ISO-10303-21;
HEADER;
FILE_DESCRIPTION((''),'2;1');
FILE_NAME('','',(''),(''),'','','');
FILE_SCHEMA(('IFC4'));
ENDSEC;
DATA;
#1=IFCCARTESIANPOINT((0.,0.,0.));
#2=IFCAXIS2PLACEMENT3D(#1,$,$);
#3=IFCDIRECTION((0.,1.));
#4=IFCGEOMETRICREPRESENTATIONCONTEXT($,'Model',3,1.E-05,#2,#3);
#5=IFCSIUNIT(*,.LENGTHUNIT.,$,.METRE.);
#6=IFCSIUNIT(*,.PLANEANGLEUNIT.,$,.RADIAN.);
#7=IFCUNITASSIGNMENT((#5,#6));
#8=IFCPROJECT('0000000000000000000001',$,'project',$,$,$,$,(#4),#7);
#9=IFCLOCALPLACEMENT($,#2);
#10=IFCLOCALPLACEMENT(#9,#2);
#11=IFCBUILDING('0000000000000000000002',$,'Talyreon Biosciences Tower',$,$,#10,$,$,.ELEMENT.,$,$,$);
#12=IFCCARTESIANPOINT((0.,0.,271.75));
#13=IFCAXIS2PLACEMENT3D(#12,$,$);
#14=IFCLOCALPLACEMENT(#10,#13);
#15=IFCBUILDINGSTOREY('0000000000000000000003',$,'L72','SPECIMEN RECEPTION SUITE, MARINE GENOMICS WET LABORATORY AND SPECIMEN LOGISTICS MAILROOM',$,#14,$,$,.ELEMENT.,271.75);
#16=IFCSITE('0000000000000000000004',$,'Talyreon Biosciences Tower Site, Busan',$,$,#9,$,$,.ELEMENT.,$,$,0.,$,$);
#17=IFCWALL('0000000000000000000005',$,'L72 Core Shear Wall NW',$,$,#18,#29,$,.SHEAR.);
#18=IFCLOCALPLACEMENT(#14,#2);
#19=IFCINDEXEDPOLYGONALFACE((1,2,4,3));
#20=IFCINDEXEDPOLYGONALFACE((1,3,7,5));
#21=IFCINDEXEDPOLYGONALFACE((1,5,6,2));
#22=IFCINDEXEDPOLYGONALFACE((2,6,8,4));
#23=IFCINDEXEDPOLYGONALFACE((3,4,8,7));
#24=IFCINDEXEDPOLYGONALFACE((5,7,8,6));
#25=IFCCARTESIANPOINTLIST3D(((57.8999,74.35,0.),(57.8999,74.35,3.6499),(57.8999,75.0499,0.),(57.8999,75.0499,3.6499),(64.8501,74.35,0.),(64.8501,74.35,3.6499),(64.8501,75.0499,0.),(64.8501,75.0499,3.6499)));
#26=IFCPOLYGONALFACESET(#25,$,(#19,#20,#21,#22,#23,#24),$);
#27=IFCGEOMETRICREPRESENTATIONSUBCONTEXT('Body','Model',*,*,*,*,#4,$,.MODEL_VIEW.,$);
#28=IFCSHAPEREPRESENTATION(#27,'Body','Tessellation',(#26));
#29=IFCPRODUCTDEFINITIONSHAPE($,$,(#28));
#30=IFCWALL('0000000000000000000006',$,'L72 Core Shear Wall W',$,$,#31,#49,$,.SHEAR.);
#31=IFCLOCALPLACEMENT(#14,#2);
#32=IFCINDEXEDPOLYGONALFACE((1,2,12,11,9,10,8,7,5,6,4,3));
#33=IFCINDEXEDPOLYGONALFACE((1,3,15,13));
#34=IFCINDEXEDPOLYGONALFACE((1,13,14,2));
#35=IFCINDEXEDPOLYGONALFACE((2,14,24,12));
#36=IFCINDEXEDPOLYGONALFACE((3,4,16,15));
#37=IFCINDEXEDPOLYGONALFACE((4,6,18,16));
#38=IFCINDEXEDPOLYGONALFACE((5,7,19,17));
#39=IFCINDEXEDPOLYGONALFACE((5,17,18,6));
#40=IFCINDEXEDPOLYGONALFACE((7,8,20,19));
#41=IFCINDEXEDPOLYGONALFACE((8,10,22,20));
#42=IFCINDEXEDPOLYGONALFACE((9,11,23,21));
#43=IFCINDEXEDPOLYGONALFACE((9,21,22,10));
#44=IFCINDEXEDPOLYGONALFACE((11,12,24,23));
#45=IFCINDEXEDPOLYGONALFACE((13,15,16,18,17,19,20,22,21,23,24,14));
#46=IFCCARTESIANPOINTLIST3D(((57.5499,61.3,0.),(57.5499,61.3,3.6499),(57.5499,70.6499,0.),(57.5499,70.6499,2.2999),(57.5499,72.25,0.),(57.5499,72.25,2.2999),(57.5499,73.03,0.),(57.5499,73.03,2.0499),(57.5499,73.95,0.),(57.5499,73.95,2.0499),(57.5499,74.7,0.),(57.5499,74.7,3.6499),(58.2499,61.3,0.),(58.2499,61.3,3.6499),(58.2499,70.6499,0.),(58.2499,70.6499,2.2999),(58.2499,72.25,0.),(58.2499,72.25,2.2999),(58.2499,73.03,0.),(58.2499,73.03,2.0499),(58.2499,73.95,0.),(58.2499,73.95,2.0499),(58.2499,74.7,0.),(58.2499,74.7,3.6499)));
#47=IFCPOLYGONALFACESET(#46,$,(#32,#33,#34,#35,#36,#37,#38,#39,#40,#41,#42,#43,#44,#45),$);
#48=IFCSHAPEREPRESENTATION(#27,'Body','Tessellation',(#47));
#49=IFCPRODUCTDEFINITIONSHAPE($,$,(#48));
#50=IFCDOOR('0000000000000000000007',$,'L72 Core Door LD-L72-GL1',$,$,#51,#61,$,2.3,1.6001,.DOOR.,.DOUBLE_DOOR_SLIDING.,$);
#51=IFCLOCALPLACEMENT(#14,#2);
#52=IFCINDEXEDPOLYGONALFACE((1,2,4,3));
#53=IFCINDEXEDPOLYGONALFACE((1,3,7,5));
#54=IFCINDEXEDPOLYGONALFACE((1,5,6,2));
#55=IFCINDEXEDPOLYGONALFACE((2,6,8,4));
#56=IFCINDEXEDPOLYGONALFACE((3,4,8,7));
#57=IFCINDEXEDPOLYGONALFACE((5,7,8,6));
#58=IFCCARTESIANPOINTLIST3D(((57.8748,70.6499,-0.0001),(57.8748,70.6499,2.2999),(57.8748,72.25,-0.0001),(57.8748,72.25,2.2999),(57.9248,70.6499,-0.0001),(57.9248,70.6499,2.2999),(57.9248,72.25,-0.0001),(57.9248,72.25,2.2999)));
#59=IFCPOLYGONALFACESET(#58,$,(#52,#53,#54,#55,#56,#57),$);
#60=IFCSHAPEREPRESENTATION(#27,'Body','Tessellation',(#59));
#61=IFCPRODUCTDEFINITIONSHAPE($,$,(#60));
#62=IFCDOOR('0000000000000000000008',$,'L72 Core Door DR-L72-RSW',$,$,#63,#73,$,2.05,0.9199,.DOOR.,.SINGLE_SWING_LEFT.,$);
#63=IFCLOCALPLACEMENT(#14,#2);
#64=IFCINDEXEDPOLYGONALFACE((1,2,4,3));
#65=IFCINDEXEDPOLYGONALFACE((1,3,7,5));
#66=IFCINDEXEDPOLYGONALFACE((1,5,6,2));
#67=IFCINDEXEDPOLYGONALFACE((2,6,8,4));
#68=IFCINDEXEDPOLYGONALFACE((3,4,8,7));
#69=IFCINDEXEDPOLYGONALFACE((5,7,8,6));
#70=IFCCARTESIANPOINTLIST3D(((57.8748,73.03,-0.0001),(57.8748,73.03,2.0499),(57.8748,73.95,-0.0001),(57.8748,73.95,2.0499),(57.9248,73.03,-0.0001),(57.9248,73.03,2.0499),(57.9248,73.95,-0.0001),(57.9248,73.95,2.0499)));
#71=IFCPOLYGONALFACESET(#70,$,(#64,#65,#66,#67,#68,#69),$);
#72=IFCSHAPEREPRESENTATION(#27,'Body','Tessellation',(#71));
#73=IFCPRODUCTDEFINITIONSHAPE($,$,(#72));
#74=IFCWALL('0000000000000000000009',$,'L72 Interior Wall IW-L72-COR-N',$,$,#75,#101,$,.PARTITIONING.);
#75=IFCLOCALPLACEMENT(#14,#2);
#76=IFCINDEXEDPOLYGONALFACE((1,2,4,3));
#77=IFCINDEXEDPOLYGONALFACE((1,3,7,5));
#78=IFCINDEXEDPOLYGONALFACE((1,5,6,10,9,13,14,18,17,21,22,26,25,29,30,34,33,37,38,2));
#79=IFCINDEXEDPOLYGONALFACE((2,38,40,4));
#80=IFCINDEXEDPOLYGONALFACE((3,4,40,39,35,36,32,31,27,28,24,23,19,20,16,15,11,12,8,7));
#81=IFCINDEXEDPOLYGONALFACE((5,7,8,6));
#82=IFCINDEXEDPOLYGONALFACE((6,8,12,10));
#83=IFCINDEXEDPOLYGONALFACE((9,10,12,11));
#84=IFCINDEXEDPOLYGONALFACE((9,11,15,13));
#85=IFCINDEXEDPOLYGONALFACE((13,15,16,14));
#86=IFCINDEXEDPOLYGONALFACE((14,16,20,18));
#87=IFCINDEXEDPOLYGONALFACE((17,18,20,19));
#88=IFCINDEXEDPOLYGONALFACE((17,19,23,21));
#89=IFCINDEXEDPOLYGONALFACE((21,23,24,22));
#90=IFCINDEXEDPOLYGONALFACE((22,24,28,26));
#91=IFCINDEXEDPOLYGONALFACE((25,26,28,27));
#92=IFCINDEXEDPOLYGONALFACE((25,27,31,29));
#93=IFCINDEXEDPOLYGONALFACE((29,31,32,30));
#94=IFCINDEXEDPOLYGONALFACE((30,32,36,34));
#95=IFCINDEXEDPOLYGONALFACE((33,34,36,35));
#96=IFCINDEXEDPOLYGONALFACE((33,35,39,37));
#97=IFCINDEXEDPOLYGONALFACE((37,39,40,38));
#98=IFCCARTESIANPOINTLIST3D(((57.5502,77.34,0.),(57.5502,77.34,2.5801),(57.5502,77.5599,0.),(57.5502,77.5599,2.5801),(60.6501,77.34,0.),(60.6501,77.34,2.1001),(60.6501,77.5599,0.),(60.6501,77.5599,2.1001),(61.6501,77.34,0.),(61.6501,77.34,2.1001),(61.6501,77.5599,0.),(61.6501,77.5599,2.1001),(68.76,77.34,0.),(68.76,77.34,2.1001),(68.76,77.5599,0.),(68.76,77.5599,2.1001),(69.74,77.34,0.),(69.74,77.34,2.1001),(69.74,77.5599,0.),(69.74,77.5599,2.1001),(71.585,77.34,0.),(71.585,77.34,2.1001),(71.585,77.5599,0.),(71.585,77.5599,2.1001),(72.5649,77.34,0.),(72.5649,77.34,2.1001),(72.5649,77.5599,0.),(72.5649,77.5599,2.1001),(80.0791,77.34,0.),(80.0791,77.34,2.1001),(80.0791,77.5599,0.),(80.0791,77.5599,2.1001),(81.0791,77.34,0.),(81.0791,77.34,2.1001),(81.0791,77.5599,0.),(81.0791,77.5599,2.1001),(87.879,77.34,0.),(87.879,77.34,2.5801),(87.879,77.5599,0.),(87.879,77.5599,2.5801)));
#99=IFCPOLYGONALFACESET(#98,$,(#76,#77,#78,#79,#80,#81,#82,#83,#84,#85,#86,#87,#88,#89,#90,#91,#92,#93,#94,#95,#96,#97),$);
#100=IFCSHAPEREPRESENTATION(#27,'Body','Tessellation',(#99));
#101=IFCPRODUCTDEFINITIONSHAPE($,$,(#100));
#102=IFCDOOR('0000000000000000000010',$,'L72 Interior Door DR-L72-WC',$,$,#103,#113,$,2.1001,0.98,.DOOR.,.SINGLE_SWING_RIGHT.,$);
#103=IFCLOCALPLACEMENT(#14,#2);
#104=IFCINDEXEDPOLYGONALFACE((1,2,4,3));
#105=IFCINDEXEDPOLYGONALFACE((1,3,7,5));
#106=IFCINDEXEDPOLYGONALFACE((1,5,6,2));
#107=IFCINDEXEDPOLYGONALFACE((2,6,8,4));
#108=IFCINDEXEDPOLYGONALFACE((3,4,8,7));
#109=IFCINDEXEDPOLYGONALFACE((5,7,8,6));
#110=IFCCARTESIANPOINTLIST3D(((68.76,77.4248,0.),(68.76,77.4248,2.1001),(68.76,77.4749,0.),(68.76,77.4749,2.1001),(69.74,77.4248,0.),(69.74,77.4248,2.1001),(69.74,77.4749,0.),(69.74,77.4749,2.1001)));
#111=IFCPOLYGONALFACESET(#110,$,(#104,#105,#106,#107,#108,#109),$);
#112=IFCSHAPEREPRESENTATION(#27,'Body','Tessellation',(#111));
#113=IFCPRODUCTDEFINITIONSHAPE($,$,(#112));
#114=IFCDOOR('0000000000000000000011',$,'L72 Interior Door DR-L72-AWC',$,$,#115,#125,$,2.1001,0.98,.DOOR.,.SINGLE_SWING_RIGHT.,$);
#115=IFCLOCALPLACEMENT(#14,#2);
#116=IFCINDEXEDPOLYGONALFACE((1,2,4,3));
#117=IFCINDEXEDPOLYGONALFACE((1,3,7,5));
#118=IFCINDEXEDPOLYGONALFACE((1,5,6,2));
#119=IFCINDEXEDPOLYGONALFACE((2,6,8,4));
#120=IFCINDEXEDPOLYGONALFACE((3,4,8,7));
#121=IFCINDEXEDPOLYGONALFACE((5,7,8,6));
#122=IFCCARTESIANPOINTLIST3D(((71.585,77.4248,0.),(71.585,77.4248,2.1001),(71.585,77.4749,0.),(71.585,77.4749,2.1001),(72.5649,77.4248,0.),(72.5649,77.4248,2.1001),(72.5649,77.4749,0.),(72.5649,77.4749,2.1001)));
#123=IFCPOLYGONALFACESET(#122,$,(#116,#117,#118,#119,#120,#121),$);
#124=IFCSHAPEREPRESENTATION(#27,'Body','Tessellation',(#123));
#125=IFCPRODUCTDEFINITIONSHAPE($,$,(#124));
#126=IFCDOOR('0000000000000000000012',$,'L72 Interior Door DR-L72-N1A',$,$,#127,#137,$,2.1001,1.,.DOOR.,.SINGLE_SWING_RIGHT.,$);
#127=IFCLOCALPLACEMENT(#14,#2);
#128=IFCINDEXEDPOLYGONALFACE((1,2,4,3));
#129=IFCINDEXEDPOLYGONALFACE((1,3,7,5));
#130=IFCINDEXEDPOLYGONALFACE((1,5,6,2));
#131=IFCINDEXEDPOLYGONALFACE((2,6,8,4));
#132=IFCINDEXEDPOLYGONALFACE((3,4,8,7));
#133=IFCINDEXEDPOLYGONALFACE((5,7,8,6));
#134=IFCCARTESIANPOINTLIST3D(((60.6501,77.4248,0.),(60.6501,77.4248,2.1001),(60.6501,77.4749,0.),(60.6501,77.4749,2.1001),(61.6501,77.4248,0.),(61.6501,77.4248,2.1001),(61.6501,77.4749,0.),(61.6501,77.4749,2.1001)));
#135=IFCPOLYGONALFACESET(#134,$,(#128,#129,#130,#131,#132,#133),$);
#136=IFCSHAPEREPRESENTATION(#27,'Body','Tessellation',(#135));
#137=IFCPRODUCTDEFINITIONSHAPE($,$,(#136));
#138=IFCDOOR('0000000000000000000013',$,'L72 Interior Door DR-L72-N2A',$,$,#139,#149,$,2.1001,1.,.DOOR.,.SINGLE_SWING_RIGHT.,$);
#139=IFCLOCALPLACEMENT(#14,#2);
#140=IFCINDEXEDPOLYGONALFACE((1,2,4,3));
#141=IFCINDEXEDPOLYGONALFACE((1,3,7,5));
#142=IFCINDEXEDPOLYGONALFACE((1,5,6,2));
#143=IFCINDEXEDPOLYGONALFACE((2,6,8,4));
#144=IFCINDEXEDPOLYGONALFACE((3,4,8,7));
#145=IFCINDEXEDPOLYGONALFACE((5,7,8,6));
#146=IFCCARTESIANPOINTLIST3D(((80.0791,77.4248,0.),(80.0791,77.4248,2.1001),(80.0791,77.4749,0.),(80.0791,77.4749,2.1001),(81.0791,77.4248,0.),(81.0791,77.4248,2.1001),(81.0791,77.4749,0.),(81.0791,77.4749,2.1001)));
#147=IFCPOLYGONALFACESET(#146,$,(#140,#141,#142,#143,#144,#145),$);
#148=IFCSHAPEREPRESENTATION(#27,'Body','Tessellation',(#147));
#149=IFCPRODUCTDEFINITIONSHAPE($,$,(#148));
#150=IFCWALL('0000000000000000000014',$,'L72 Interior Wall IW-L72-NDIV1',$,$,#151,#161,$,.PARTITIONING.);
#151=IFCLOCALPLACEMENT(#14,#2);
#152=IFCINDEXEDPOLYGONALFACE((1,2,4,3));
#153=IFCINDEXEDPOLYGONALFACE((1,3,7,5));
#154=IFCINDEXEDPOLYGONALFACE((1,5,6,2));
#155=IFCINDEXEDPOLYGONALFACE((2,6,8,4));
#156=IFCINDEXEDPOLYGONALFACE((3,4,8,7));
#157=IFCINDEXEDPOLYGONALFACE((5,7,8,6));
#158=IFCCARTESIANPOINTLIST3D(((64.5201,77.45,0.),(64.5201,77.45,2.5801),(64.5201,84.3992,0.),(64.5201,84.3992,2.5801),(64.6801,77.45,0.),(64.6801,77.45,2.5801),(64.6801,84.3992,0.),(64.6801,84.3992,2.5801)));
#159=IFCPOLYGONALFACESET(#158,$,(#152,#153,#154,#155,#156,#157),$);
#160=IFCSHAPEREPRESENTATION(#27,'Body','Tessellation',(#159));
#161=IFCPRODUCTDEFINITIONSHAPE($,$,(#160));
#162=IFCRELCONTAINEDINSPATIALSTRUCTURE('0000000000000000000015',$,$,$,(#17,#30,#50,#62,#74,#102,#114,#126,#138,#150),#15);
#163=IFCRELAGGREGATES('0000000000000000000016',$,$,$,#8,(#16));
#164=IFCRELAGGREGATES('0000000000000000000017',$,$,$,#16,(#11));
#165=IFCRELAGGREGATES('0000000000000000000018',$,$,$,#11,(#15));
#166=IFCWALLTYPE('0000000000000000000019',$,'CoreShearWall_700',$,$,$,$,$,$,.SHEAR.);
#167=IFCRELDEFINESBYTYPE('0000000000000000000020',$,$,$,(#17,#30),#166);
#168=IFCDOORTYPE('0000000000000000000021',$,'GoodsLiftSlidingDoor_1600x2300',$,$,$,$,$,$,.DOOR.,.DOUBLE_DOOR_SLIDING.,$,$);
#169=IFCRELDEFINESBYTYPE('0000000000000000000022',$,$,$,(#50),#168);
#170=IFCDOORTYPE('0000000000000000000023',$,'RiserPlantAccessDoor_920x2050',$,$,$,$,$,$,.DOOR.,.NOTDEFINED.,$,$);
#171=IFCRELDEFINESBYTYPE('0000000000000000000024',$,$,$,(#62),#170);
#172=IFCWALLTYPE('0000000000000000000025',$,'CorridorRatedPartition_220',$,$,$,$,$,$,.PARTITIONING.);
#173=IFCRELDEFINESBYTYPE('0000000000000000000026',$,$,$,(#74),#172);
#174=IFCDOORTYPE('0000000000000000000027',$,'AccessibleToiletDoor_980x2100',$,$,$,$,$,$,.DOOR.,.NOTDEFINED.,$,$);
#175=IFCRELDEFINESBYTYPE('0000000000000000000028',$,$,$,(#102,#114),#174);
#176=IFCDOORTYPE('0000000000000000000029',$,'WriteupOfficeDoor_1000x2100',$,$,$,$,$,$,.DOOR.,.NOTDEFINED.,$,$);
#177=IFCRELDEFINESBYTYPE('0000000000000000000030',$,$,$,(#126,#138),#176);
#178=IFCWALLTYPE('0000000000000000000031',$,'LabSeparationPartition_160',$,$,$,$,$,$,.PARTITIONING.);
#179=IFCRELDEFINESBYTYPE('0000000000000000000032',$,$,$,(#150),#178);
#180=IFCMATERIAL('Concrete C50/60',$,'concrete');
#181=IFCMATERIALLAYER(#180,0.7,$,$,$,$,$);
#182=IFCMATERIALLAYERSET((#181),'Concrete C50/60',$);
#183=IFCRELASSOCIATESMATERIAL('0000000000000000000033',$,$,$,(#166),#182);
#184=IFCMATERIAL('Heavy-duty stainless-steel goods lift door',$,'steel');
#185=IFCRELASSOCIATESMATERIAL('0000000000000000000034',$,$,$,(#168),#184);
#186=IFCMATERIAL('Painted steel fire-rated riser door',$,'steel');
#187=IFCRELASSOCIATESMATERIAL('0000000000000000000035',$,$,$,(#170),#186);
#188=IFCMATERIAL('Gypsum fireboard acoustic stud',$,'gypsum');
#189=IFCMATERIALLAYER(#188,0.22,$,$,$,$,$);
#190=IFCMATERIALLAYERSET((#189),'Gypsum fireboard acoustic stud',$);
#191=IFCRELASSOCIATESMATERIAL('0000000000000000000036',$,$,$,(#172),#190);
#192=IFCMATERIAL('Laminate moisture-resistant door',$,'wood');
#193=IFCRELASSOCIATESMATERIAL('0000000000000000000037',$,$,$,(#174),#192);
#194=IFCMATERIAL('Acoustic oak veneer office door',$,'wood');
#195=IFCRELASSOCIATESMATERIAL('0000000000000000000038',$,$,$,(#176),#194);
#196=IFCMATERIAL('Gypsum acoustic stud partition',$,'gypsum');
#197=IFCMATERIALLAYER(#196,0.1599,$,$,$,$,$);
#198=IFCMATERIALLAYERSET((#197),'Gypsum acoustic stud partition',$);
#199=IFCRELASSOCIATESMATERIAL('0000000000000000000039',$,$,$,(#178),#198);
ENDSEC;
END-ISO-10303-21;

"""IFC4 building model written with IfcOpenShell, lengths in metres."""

from ifc_helpers import new_model, si_unit, direction, frame, frame_2d, origin, place, context, subcontext, project, spatial, rectangle, extrude, material, layer, layer_set, type_object, element, fill, save


model = new_model("IFC4")

# Units and contexts
model_context = context("Model", 3, precision=1e-05, world=origin(), true_north=direction((0.0, 1.0)))
body_context = subcontext(model_context, "Body", "Model", "MODEL_VIEW")
ifc_project = project(units=[si_unit("LENGTHUNIT", "METRE"), si_unit("PLANEANGLEUNIT", "RADIAN")], contexts=[model_context])

# Site, building, storey
site_placement = place(None, origin())
site = spatial("IfcSite", under=ifc_project, at=site_placement, Name="Talyreon Biosciences Tower Site, Busan", CompositionType="ELEMENT", RefElevation=0.0)
building_placement = place(site_placement, origin())
building = spatial("IfcBuilding", under=site, at=building_placement, Name="Talyreon Biosciences Tower", CompositionType="ELEMENT")
storey_placement = place(building_placement, frame((0.0, 0.0, 271.75)))
storey = spatial("IfcBuildingStorey", under=building, at=storey_placement, Name="L72", Description="SPECIMEN RECEPTION SUITE, MARINE GENOMICS WET LABORATORY AND SPECIMEN LOGISTICS MAILROOM", CompositionType="ELEMENT", Elevation=271.75)

# Shared definitions
ifc_material_1 = material(Name="Concrete C50/60", Category="concrete")

# Wall
ifc_layer_1 = layer(ifc_material_1, 0.7)
ifc_layer_set_1 = layer_set([ifc_layer_1], Name="Concrete C50/60")
wall_type_1 = type_object("IfcWallType", Name="CoreShearWall_700", PredefinedType="SHEAR", material=ifc_layer_set_1)
wall_1_placement = place(storey_placement, frame((64.8501, 74.7, 0.0), z_axis=(0.0, 0.0, 1.0), x_axis=(-1.0, 0.0, 0.0)))
element("IfcWall", 1, at=wall_1_placement, inside=storey, type_object=wall_type_1, Name="L72 Core Shear Wall NW", PredefinedType="SHEAR", context=body_context, shape_type="SweptSolid", body=[
    extrude(rectangle(XDim=6.9502, YDim=0.7, at=frame_2d((3.4751, 0.0))), origin(), (0.0, 0.0, 1.0), 3.6499),
])

# Walls, openings, doors
wall_2_placement = place(storey_placement, frame((57.8999, 74.7, 0.0), z_axis=(0.0, 0.0, 1.0), x_axis=(0.0, -1.0, 0.0)))
wall_2 = element("IfcWall", 2, at=wall_2_placement, inside=storey, type_object=wall_type_1, Name="L72 Core Shear Wall W", PredefinedType="SHEAR", context=body_context, shape_type="SweptSolid", body=[
    extrude(rectangle(XDim=13.3999, YDim=0.7, at=frame_2d((6.7, 0.0))), origin(), (0.0, 0.0, 1.0), 3.6499),
])
opening_1_placement = place(wall_2_placement, frame((0.75, 0.0, 0.0)))
opening_1 = element("IfcOpeningElement", 3, at=opening_1_placement, cuts=wall_2, PredefinedType="OPENING", context=body_context, shape_type="SweptSolid", body=[
    extrude(rectangle(XDim=0.9199, YDim=2.05, at=frame_2d((0.46, 1.0249))), frame((0.0, 0.3599, 0.0), z_axis=(0.0, -1.0, 0.0), x_axis=(1.0, 0.0, 0.0)), (0.0, 0.0, 1.0), 0.72),
])
opening_2_placement = place(wall_2_placement, frame((2.45, 0.0, 0.0)))
opening_2 = element("IfcOpeningElement", 4, at=opening_2_placement, cuts=wall_2, PredefinedType="OPENING", context=body_context, shape_type="SweptSolid", body=[
    extrude(rectangle(XDim=1.6001, YDim=2.3, at=frame_2d((0.8, 1.1499))), frame((0.0, 0.3599, 0.0), z_axis=(0.0, -1.0, 0.0), x_axis=(1.0, 0.0, 0.0)), (0.0, 0.0, 1.0), 0.72),
])
ifc_material_2 = material(Name="Heavy-duty stainless-steel goods lift door", Category="steel")
door_type_1 = type_object("IfcDoorType", Name="GoodsLiftSlidingDoor_1600x2300", OperationType="DOUBLE_DOOR_SLIDING", PredefinedType="DOOR", material=ifc_material_2)
door_1_placement = place(opening_2_placement, origin())
door_1 = element("IfcDoor", 5, at=door_1_placement, inside=storey, type_object=door_type_1, Name="L72 Core Door LD-L72-GL1", OperationType="DOUBLE_DOOR_SLIDING", OverallHeight=2.3, OverallWidth=1.6001, PredefinedType="DOOR", context=body_context, shape_type="SweptSolid", body=[
    extrude(rectangle(XDim=1.6001, YDim=2.3, at=frame_2d((0.8, 1.1499))), frame((0.0, 0.0249, 0.0), z_axis=(0.0, -1.0, 0.0), x_axis=(1.0, 0.0, 0.0)), (0.0, 0.0, 1.0), 0.05),
])
fill(opening_2, door_1)
ifc_material_3 = material(Name="Painted steel fire-rated riser door", Category="steel")
door_type_2 = type_object("IfcDoorType", Name="RiserPlantAccessDoor_920x2050", OperationType="NOTDEFINED", PredefinedType="DOOR", material=ifc_material_3)
door_2_placement = place(opening_1_placement, origin())
door_2 = element("IfcDoor", 6, at=door_2_placement, inside=storey, type_object=door_type_2, Name="L72 Core Door DR-L72-RSW", OperationType="SINGLE_SWING_LEFT", OverallHeight=2.05, OverallWidth=0.9199, PredefinedType="DOOR", context=body_context, shape_type="SweptSolid", body=[
    extrude(rectangle(XDim=0.9199, YDim=2.05, at=frame_2d((0.46, 1.0249))), frame((0.0, 0.0249, 0.0), z_axis=(0.0, -1.0, 0.0), x_axis=(1.0, 0.0, 0.0)), (0.0, 0.0, 1.0), 0.05),
])
fill(opening_1, door_2)
ifc_material_4 = material(Name="Gypsum fireboard acoustic stud", Category="gypsum")
ifc_layer_2 = layer(ifc_material_4, 0.22)
ifc_layer_set_2 = layer_set([ifc_layer_2], Name="Gypsum fireboard acoustic stud")
wall_type_2 = type_object("IfcWallType", Name="CorridorRatedPartition_220", PredefinedType="PARTITIONING", material=ifc_layer_set_2)
wall_3_placement = place(storey_placement, frame((57.55, 77.45, 0.0), z_axis=(0.0, 0.0, 1.0), x_axis=(1.0, 0.0, 0.0)))
wall_3 = element("IfcWall", 7, at=wall_3_placement, inside=storey, type_object=wall_type_2, Name="L72 Interior Wall IW-L72-COR-N", PredefinedType="PARTITIONING", context=body_context, shape_type="SweptSolid", body=[
    extrude(rectangle(XDim=30.3289, YDim=0.22, at=frame_2d((15.1646, 0.0))), origin(), (0.0, 0.0, 1.0), 2.5801),
])
opening_3_placement = place(wall_3_placement, frame((11.21, 0.0, 0.0)))
opening_3 = element("IfcOpeningElement", 8, at=opening_3_placement, cuts=wall_3, PredefinedType="OPENING", context=body_context, shape_type="SweptSolid", body=[
    extrude(rectangle(XDim=0.98, YDim=2.1001, at=frame_2d((0.49, 1.05))), frame((0.0, 0.1199, 0.0), z_axis=(0.0, -1.0, 0.0), x_axis=(1.0, 0.0, 0.0)), (0.0, 0.0, 1.0), 0.24),
])
opening_4_placement = place(wall_3_placement, frame((14.0349, 0.0, 0.0)))
opening_4 = element("IfcOpeningElement", 9, at=opening_4_placement, cuts=wall_3, PredefinedType="OPENING", context=body_context, shape_type="SweptSolid", body=[
    extrude(rectangle(XDim=0.98, YDim=2.1001, at=frame_2d((0.49, 1.05))), frame((0.0, 0.1199, 0.0), z_axis=(0.0, -1.0, 0.0), x_axis=(1.0, 0.0, 0.0)), (0.0, 0.0, 1.0), 0.24),
])
opening_5_placement = place(wall_3_placement, frame((3.1001, 0.0, 0.0)))
opening_5 = element("IfcOpeningElement", 10, at=opening_5_placement, cuts=wall_3, PredefinedType="OPENING", context=body_context, shape_type="SweptSolid", body=[
    extrude(rectangle(XDim=1.0, YDim=2.1001, at=frame_2d((0.5, 1.05))), frame((0.0, 0.1199, 0.0), z_axis=(0.0, -1.0, 0.0), x_axis=(1.0, 0.0, 0.0)), (0.0, 0.0, 1.0), 0.24),
])
opening_6_placement = place(wall_3_placement, frame((22.5291, 0.0, 0.0)))
opening_6 = element("IfcOpeningElement", 11, at=opening_6_placement, cuts=wall_3, PredefinedType="OPENING", context=body_context, shape_type="SweptSolid", body=[
    extrude(rectangle(XDim=1.0, YDim=2.1001, at=frame_2d((0.5, 1.05))), frame((0.0, 0.1199, 0.0), z_axis=(0.0, -1.0, 0.0), x_axis=(1.0, 0.0, 0.0)), (0.0, 0.0, 1.0), 0.24),
])
ifc_material_5 = material(Name="Laminate moisture-resistant door", Category="wood")
door_type_3 = type_object("IfcDoorType", Name="AccessibleToiletDoor_980x2100", OperationType="NOTDEFINED", PredefinedType="DOOR", material=ifc_material_5)
door_3_placement = place(opening_3_placement, origin())
door_3 = element("IfcDoor", 12, at=door_3_placement, inside=storey, type_object=door_type_3, Name="L72 Interior Door DR-L72-WC", OperationType="SINGLE_SWING_RIGHT", OverallHeight=2.1001, OverallWidth=0.98, PredefinedType="DOOR", context=body_context, shape_type="SweptSolid", body=[
    extrude(rectangle(XDim=0.98, YDim=2.1001, at=frame_2d((0.49, 1.05))), frame((0.0, 0.0249, 0.0), z_axis=(0.0, -1.0, 0.0), x_axis=(1.0, 0.0, 0.0)), (0.0, 0.0, 1.0), 0.05),
])
fill(opening_3, door_3)
door_4_placement = place(opening_4_placement, origin())
door_4 = element("IfcDoor", 13, at=door_4_placement, inside=storey, type_object=door_type_3, Name="L72 Interior Door DR-L72-AWC", OperationType="SINGLE_SWING_RIGHT", OverallHeight=2.1001, OverallWidth=0.98, PredefinedType="DOOR", context=body_context, shape_type="SweptSolid", body=[
    extrude(rectangle(XDim=0.98, YDim=2.1001, at=frame_2d((0.49, 1.05))), frame((0.0, 0.0249, 0.0), z_axis=(0.0, -1.0, 0.0), x_axis=(1.0, 0.0, 0.0)), (0.0, 0.0, 1.0), 0.05),
])
fill(opening_4, door_4)
ifc_material_6 = material(Name="Acoustic oak veneer office door", Category="wood")
door_type_4 = type_object("IfcDoorType", Name="WriteupOfficeDoor_1000x2100", OperationType="NOTDEFINED", PredefinedType="DOOR", material=ifc_material_6)
door_5_placement = place(opening_5_placement, origin())
door_5 = element("IfcDoor", 14, at=door_5_placement, inside=storey, type_object=door_type_4, Name="L72 Interior Door DR-L72-N1A", OperationType="SINGLE_SWING_RIGHT", OverallHeight=2.1001, OverallWidth=1.0, PredefinedType="DOOR", context=body_context, shape_type="SweptSolid", body=[
    extrude(rectangle(XDim=1.0, YDim=2.1001, at=frame_2d((0.5, 1.05))), frame((0.0, 0.0249, 0.0), z_axis=(0.0, -1.0, 0.0), x_axis=(1.0, 0.0, 0.0)), (0.0, 0.0, 1.0), 0.05),
])
fill(opening_5, door_5)
door_6_placement = place(opening_6_placement, origin())
door_6 = element("IfcDoor", 15, at=door_6_placement, inside=storey, type_object=door_type_4, Name="L72 Interior Door DR-L72-N2A", OperationType="SINGLE_SWING_RIGHT", OverallHeight=2.1001, OverallWidth=1.0, PredefinedType="DOOR", context=body_context, shape_type="SweptSolid", body=[
    extrude(rectangle(XDim=1.0, YDim=2.1001, at=frame_2d((0.5, 1.05))), frame((0.0, 0.0249, 0.0), z_axis=(0.0, -1.0, 0.0), x_axis=(1.0, 0.0, 0.0)), (0.0, 0.0, 1.0), 0.05),
])
fill(opening_6, door_6)

# Wall
ifc_material_7 = material(Name="Gypsum acoustic stud partition", Category="gypsum")
ifc_layer_3 = layer(ifc_material_7, 0.1599)
ifc_layer_set_3 = layer_set([ifc_layer_3], Name="Gypsum acoustic stud partition")
wall_type_3 = type_object("IfcWallType", Name="LabSeparationPartition_160", PredefinedType="PARTITIONING", material=ifc_layer_set_3)
wall_4_placement = place(storey_placement, frame((64.6001, 77.45, 0.0), z_axis=(0.0, 0.0, 1.0), x_axis=(0.0, 1.0, 0.0)))
element("IfcWall", 16, at=wall_4_placement, inside=storey, type_object=wall_type_3, Name="L72 Interior Wall IW-L72-NDIV1", PredefinedType="PARTITIONING", context=body_context, shape_type="SweptSolid", body=[
    extrude(rectangle(XDim=6.9492, YDim=0.1599, at=frame_2d((3.4746, 0.0))), origin(), (0.0, 0.0, 1.0), 2.5801),
])

save(model, "model.ifc")
